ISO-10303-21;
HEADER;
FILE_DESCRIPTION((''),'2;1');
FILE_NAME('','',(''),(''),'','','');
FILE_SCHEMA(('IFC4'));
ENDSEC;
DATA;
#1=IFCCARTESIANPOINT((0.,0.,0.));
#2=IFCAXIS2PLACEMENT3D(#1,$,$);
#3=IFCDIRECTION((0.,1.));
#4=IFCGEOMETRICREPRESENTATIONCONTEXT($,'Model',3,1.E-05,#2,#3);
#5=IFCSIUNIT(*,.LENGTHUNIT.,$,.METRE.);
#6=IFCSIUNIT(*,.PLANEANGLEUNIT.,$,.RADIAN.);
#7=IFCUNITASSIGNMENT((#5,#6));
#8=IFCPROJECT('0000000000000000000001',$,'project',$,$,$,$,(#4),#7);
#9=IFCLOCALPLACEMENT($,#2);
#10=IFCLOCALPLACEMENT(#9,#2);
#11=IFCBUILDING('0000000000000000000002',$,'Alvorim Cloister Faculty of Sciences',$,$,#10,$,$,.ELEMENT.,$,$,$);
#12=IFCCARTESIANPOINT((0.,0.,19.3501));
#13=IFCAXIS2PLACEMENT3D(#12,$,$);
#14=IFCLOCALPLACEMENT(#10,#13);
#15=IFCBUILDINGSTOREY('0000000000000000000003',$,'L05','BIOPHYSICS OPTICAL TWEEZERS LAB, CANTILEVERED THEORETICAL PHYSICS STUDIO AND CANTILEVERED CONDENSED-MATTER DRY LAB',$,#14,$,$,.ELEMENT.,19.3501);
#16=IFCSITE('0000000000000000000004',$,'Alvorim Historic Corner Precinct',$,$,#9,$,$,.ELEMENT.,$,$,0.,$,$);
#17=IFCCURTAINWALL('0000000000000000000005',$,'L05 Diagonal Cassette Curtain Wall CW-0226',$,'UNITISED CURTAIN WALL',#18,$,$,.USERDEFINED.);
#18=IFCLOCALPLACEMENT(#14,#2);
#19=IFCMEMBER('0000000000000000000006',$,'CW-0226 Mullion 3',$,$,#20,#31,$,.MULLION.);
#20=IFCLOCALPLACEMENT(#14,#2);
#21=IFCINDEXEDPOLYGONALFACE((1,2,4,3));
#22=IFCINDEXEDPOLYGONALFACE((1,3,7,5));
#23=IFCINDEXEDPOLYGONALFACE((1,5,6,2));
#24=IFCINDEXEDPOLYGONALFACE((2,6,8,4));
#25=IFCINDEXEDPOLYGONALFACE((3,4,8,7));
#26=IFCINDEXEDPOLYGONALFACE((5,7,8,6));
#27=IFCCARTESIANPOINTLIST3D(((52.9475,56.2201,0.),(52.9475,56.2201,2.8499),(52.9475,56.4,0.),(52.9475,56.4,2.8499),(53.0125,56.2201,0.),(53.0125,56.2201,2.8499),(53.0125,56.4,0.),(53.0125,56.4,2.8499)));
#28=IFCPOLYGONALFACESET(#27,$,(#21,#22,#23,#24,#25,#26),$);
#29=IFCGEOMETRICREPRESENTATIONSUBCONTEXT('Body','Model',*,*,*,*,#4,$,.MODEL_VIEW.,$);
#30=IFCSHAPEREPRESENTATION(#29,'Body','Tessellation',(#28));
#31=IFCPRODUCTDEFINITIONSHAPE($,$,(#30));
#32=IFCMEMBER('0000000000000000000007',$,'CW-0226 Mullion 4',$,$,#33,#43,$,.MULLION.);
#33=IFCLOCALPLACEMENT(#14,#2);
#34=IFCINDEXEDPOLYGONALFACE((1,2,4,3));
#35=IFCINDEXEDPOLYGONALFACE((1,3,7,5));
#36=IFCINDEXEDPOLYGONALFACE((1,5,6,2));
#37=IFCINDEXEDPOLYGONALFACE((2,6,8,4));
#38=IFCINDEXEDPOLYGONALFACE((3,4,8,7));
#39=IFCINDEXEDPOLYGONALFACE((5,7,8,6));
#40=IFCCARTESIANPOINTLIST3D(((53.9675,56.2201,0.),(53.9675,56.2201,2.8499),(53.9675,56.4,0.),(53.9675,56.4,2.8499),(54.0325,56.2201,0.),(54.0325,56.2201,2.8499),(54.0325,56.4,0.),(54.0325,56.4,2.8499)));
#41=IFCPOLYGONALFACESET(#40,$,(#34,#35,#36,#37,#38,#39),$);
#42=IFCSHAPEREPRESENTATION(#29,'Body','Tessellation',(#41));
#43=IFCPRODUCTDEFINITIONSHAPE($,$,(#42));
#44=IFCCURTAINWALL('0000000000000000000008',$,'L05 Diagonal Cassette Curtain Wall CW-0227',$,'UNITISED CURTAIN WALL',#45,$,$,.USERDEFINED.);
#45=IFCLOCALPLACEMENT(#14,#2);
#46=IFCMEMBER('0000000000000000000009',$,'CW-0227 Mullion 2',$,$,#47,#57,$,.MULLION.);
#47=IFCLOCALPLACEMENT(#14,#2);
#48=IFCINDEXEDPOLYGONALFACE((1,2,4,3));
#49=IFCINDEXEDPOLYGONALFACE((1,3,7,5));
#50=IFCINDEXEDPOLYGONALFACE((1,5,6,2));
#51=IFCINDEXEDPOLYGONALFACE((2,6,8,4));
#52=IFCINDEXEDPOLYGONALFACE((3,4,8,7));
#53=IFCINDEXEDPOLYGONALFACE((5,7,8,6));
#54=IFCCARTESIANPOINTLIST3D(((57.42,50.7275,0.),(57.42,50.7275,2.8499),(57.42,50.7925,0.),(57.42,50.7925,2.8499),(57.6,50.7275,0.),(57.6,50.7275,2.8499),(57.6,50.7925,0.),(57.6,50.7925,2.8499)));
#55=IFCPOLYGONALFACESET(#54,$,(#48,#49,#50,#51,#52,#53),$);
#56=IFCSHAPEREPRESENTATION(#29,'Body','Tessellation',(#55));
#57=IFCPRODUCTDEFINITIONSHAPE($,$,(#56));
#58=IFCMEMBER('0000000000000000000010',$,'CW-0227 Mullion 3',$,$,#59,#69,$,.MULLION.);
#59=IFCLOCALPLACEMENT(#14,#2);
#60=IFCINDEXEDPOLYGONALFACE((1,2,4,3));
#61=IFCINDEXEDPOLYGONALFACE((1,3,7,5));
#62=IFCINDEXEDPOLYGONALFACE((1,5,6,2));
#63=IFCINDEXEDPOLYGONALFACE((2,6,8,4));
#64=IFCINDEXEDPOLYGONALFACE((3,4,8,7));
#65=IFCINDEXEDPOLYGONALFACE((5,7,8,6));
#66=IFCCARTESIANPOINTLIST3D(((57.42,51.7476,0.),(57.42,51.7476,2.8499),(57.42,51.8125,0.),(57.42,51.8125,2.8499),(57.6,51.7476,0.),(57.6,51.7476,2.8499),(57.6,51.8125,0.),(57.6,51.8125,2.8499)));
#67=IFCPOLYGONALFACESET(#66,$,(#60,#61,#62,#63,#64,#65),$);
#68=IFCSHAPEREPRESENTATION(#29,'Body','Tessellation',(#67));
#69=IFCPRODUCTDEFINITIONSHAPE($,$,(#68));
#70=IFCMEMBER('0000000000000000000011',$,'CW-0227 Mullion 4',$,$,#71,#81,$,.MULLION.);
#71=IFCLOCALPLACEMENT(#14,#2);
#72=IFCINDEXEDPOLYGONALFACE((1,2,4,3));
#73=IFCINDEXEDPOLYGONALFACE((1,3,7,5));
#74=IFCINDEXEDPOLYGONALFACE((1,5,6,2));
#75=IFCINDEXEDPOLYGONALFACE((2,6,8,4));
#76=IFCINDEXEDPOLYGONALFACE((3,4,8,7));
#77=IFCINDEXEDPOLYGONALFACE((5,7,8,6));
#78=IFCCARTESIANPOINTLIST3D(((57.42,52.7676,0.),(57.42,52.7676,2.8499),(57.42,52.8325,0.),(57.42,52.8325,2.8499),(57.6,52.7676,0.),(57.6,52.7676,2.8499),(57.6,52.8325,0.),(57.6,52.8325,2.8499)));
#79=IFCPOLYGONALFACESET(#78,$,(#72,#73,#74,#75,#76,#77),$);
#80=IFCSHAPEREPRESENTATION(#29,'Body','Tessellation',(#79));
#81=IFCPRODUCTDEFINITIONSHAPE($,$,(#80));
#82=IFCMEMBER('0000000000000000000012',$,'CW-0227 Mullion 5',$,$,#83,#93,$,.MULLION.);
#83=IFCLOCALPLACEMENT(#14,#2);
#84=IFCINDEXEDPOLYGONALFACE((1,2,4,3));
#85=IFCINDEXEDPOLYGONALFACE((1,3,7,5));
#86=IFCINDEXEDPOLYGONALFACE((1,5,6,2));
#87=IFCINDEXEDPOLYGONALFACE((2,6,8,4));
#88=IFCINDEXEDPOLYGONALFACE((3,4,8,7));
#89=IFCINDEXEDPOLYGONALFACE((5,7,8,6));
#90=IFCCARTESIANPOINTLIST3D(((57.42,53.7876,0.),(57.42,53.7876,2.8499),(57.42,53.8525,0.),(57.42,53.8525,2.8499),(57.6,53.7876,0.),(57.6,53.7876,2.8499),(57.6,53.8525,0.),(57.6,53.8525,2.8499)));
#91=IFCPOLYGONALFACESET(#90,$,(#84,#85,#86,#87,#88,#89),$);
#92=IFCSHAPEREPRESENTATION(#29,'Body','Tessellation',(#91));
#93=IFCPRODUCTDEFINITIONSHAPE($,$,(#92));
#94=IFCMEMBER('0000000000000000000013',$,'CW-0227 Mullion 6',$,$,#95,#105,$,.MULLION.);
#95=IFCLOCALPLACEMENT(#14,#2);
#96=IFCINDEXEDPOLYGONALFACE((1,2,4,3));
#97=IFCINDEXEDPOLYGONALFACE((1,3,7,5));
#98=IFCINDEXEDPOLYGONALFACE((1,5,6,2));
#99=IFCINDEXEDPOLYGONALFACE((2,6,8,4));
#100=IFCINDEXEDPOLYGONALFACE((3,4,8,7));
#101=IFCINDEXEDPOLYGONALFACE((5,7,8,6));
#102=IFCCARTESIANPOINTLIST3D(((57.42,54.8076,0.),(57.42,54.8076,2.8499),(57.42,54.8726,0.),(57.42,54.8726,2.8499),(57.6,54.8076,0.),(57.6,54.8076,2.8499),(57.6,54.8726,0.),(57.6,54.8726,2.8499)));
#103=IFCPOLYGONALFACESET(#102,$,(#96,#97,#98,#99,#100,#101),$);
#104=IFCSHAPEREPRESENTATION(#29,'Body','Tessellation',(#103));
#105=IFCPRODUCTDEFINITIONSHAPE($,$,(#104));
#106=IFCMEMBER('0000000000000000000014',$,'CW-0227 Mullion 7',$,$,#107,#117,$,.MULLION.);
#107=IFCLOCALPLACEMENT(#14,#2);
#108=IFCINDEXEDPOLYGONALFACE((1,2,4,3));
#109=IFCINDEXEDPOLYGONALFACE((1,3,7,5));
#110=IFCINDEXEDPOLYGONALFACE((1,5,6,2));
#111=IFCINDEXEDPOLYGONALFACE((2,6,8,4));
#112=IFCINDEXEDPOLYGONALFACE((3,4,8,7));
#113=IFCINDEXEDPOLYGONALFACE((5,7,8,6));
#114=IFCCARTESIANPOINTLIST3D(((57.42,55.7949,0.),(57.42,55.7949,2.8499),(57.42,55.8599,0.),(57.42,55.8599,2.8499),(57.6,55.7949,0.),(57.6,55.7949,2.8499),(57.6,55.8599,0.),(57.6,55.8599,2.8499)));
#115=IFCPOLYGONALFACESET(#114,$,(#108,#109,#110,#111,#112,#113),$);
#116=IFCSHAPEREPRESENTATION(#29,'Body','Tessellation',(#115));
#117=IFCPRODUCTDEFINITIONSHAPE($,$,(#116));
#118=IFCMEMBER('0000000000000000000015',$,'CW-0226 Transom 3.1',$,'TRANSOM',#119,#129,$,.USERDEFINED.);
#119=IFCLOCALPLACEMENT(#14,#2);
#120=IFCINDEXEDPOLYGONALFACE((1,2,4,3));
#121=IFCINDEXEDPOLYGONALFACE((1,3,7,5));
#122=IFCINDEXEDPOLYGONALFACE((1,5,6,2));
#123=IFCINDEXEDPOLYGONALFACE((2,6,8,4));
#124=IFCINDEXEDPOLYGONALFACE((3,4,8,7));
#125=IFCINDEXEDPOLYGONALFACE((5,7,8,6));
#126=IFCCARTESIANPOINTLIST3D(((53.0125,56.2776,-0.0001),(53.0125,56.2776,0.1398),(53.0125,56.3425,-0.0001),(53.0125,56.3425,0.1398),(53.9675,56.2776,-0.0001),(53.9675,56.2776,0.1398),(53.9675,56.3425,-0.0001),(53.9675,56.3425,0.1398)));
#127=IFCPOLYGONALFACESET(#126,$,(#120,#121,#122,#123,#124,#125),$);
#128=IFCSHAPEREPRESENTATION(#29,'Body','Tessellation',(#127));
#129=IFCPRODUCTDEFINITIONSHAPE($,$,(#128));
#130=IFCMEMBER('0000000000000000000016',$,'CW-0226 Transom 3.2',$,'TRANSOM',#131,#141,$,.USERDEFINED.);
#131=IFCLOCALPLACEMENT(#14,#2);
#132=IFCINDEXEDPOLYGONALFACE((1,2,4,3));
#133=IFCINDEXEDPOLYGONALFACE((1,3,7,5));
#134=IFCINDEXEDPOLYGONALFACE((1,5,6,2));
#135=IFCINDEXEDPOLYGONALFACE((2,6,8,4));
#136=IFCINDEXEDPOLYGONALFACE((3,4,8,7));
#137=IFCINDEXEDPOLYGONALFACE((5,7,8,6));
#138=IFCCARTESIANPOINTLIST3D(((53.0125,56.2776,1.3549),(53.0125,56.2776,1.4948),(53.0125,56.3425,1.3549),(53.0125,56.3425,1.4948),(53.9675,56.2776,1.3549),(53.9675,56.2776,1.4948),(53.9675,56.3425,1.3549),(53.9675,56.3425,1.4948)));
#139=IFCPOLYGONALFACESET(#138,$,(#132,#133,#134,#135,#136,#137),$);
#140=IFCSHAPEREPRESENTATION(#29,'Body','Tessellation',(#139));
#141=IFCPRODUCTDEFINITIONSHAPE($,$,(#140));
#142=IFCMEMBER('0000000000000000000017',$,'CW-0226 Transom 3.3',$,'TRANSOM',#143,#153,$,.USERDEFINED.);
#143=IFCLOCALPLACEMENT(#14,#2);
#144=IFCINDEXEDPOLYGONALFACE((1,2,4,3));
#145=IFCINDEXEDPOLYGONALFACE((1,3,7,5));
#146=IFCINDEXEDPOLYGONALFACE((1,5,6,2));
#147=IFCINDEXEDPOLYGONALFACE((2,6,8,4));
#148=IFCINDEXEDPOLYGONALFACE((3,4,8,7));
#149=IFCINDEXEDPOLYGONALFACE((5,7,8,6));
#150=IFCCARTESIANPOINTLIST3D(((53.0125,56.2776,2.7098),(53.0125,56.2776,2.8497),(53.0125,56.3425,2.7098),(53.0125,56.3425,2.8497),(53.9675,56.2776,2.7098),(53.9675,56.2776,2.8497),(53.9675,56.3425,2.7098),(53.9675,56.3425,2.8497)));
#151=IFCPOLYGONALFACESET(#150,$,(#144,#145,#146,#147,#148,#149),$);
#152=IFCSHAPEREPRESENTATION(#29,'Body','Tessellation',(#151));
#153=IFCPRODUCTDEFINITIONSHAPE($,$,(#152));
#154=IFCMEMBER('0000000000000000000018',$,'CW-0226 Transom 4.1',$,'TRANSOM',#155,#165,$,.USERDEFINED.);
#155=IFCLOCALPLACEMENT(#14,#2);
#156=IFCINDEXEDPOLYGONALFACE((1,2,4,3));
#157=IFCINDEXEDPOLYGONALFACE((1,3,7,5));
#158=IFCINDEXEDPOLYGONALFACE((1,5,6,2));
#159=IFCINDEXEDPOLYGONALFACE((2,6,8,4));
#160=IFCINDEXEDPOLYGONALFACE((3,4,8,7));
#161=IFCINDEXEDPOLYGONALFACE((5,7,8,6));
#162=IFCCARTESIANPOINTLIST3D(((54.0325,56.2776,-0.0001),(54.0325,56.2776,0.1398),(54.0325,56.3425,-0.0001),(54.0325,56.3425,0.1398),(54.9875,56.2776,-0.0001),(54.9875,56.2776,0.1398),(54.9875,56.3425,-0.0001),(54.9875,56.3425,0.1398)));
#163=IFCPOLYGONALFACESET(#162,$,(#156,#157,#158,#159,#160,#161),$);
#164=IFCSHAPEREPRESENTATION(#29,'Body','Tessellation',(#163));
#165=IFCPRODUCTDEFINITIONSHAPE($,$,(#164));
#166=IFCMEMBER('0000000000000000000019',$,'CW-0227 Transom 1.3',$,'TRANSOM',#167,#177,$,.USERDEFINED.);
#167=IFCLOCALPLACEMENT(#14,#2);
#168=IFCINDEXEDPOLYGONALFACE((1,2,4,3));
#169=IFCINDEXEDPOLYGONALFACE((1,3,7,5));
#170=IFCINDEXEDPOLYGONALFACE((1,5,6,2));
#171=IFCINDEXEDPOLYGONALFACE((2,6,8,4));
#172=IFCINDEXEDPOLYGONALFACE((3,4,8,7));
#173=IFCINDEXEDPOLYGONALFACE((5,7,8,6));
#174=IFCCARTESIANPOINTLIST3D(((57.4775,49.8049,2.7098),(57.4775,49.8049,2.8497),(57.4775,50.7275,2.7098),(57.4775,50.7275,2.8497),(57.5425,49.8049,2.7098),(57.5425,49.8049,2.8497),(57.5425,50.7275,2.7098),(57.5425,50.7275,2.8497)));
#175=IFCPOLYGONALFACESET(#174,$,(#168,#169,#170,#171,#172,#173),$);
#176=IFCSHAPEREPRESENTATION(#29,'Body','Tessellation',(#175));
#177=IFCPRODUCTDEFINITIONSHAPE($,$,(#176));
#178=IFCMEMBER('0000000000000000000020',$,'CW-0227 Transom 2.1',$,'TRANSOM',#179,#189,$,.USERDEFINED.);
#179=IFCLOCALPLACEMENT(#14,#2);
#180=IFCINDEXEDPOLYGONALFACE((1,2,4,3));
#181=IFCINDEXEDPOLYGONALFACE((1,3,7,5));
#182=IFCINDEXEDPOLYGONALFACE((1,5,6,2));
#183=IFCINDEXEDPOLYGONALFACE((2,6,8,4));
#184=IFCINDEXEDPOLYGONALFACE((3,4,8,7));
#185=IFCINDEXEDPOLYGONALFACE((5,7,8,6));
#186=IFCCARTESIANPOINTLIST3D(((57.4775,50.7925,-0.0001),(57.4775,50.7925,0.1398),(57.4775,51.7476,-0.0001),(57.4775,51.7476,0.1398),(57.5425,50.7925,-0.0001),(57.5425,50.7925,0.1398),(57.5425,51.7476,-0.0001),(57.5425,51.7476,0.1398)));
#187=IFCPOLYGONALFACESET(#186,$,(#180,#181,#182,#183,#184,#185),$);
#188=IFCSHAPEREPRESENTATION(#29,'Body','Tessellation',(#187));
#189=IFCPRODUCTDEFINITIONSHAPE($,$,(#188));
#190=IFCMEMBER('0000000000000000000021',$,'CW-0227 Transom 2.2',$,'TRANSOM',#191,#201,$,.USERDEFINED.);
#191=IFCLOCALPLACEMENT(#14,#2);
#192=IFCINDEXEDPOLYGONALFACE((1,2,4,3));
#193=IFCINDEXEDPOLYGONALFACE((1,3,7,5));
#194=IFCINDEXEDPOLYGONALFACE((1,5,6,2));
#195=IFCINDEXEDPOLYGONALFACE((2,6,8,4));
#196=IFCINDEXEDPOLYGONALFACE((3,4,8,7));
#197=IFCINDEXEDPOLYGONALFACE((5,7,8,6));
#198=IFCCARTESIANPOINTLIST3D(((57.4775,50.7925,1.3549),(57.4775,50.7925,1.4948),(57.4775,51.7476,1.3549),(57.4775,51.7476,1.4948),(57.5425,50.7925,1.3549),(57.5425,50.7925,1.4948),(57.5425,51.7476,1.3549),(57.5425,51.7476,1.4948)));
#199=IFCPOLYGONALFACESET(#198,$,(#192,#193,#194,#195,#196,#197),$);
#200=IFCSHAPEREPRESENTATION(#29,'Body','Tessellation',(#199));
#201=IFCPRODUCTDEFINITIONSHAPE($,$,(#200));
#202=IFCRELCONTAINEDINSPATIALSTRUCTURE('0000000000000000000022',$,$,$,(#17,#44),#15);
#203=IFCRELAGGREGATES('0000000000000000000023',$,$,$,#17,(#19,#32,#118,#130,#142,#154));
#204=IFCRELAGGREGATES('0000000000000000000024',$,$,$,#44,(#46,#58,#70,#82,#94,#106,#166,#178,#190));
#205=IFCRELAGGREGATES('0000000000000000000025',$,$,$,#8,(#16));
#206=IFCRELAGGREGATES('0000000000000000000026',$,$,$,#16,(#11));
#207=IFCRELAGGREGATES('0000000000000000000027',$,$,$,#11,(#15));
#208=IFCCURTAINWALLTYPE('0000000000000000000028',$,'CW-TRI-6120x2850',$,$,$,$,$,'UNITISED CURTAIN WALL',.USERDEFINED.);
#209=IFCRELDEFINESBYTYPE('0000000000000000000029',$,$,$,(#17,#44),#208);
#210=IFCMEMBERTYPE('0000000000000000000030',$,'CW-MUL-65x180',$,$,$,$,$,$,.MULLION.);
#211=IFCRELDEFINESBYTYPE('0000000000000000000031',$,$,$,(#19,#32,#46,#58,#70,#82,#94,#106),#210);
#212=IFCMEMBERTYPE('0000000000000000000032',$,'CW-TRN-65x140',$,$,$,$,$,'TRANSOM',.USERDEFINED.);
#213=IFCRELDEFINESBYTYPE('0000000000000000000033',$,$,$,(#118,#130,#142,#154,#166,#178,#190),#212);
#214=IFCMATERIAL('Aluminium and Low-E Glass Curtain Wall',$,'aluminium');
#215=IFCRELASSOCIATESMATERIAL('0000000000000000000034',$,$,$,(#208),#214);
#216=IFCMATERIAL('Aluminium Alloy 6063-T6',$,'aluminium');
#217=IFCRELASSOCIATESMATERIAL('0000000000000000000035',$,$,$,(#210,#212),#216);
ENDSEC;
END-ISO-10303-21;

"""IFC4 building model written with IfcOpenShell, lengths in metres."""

from ifc_helpers import new_model, si_unit, direction, frame, origin, origin_2d, place, context, subcontext, project, spatial, rectangle, extrude, material, material_profile, profile_set, type_object, element, aggregate, save


model = new_model("IFC4")

# Units and contexts
model_context = context("Model", 3, precision=1e-05, world=origin(), true_north=direction((0.0, 1.0)))
body_context = subcontext(model_context, "Body", "Model", "MODEL_VIEW")
ifc_project = project(units=[si_unit("LENGTHUNIT", "METRE"), si_unit("PLANEANGLEUNIT", "RADIAN")], contexts=[model_context])

# Site, building, storey
site_placement = place(None, origin())
site = spatial("IfcSite", under=ifc_project, at=site_placement, Name="Alvorim Historic Corner Precinct", CompositionType="ELEMENT", RefElevation=0.0)
building_placement = place(site_placement, origin())
building = spatial("IfcBuilding", under=site, at=building_placement, Name="Alvorim Cloister Faculty of Sciences", CompositionType="ELEMENT")
storey_placement = place(building_placement, frame((0.0, 0.0, 19.3501)))
storey = spatial("IfcBuildingStorey", under=building, at=storey_placement, Name="L05", Description="BIOPHYSICS OPTICAL TWEEZERS LAB, CANTILEVERED THEORETICAL PHYSICS STUDIO AND CANTILEVERED CONDENSED-MATTER DRY LAB", CompositionType="ELEMENT", Elevation=19.3501)

# Curtain walls, members
ifc_material_1 = material(Name="Aluminium and Low-E Glass Curtain Wall", Category="aluminium")
curtain_wall_type = type_object("IfcCurtainWallType", Name="CW-TRI-6120x2850", ElementType="UNITISED CURTAIN WALL", PredefinedType="USERDEFINED", material=ifc_material_1)
curtain_wall_1_placement = place(storey_placement, origin())
curtain_wall_1 = element("IfcCurtainWall", 1, at=curtain_wall_1_placement, inside=storey, type_object=curtain_wall_type, Name="L05 Diagonal Cassette Curtain Wall CW-0226", ObjectType="UNITISED CURTAIN WALL", PredefinedType="USERDEFINED")
ifc_material_2 = material(Name="Aluminium Alloy 6063-T6", Category="aluminium")
ifc_material_profile_1 = material_profile(ifc_material_2, rectangle(XDim=0.0649, YDim=0.1799, at=origin_2d()), Name="ALU-MUL-65x180")
ifc_profile_set_1 = profile_set([ifc_material_profile_1], Name="Aluminium Alloy 6063-T6")
member_type_1 = type_object("IfcMemberType", Name="CW-MUL-65x180", PredefinedType="MULLION", material=ifc_profile_set_1)
member_1_placement = place(storey_placement, frame((52.98, 56.3101, 0.0), z_axis=(0.0, 0.0, 1.0), x_axis=(1.0, 0.0, 0.0)))
member_1 = element("IfcMember", 2, at=member_1_placement, type_object=member_type_1, Name="CW-0226 Mullion 3", PredefinedType="MULLION", context=body_context, shape_type="SweptSolid", body=[
    extrude(rectangle(XDim=0.0649, YDim=0.1799, at=origin_2d()), origin(), (0.0, 0.0, 1.0), 2.8499),
])
member_2_placement = place(storey_placement, frame((54.0, 56.3101, 0.0), z_axis=(0.0, 0.0, 1.0), x_axis=(1.0, 0.0, 0.0)))
member_2 = element("IfcMember", 3, at=member_2_placement, type_object=member_type_1, Name="CW-0226 Mullion 4", PredefinedType="MULLION", context=body_context, shape_type="SweptSolid", body=[
    extrude(rectangle(XDim=0.0649, YDim=0.1799, at=origin_2d()), origin(), (0.0, 0.0, 1.0), 2.8499),
])
curtain_wall_2_placement = place(storey_placement, origin())
curtain_wall_2 = element("IfcCurtainWall", 4, at=curtain_wall_2_placement, inside=storey, type_object=curtain_wall_type, Name="L05 Diagonal Cassette Curtain Wall CW-0227", ObjectType="UNITISED CURTAIN WALL", PredefinedType="USERDEFINED")
member_3_placement = place(storey_placement, frame((57.51, 50.76, 0.0), z_axis=(0.0, 0.0, 1.0), x_axis=(0.0, 1.0, 0.0)))
member_3 = element("IfcMember", 5, at=member_3_placement, type_object=member_type_1, Name="CW-0227 Mullion 2", PredefinedType="MULLION", context=body_context, shape_type="SweptSolid", body=[
    extrude(rectangle(XDim=0.0649, YDim=0.1799, at=origin_2d()), origin(), (0.0, 0.0, 1.0), 2.8499),
])
member_4_placement = place(storey_placement, frame((57.51, 51.78, 0.0), z_axis=(0.0, 0.0, 1.0), x_axis=(0.0, 1.0, 0.0)))
member_4 = element("IfcMember", 6, at=member_4_placement, type_object=member_type_1, Name="CW-0227 Mullion 3", PredefinedType="MULLION", context=body_context, shape_type="SweptSolid", body=[
    extrude(rectangle(XDim=0.0649, YDim=0.1799, at=origin_2d()), origin(), (0.0, 0.0, 1.0), 2.8499),
])
member_5_placement = place(storey_placement, frame((57.51, 52.8, 0.0), z_axis=(0.0, 0.0, 1.0), x_axis=(0.0, 1.0, 0.0)))
member_5 = element("IfcMember", 7, at=member_5_placement, type_object=member_type_1, Name="CW-0227 Mullion 4", PredefinedType="MULLION", context=body_context, shape_type="SweptSolid", body=[
    extrude(rectangle(XDim=0.0649, YDim=0.1799, at=origin_2d()), origin(), (0.0, 0.0, 1.0), 2.8499),
])
member_6_placement = place(storey_placement, frame((57.51, 53.8201, 0.0), z_axis=(0.0, 0.0, 1.0), x_axis=(0.0, 1.0, 0.0)))
member_6 = element("IfcMember", 8, at=member_6_placement, type_object=member_type_1, Name="CW-0227 Mullion 5", PredefinedType="MULLION", context=body_context, shape_type="SweptSolid", body=[
    extrude(rectangle(XDim=0.0649, YDim=0.1799, at=origin_2d()), origin(), (0.0, 0.0, 1.0), 2.8499),
])
member_7_placement = place(storey_placement, frame((57.51, 54.8401, 0.0), z_axis=(0.0, 0.0, 1.0), x_axis=(0.0, 1.0, 0.0)))
member_7 = element("IfcMember", 9, at=member_7_placement, type_object=member_type_1, Name="CW-0227 Mullion 6", PredefinedType="MULLION", context=body_context, shape_type="SweptSolid", body=[
    extrude(rectangle(XDim=0.0649, YDim=0.1799, at=origin_2d()), origin(), (0.0, 0.0, 1.0), 2.8499),
])
member_8_placement = place(storey_placement, frame((57.51, 55.8274, 0.0), z_axis=(0.0, 0.0, 1.0), x_axis=(0.0, 1.0, 0.0)))
member_8 = element("IfcMember", 10, at=member_8_placement, type_object=member_type_1, Name="CW-0227 Mullion 7", PredefinedType="MULLION", context=body_context, shape_type="SweptSolid", body=[
    extrude(rectangle(XDim=0.0649, YDim=0.1799, at=origin_2d()), origin(), (0.0, 0.0, 1.0), 2.8499),
])

# Members
ifc_material_profile_2 = material_profile(ifc_material_2, rectangle(XDim=0.0649, YDim=0.1399, at=origin_2d()), Name="ALU-TRN-65x140")
ifc_profile_set_2 = profile_set([ifc_material_profile_2], Name="Aluminium Alloy 6063-T6")
member_type_2 = type_object("IfcMemberType", Name="CW-TRN-65x140", ElementType="TRANSOM", PredefinedType="USERDEFINED", material=ifc_profile_set_2)
member_9_placement = place(storey_placement, frame((53.0125, 56.3101, 0.0698), z_axis=(1.0, 0.0, 0.0), x_axis=(0.0, 1.0, 0.0)))
member_9 = element("IfcMember", 11, at=member_9_placement, type_object=member_type_2, Name="CW-0226 Transom 3.1", ObjectType="TRANSOM", PredefinedType="USERDEFINED", context=body_context, shape_type="SweptSolid", body=[
    extrude(rectangle(XDim=0.0649, YDim=0.1399, at=origin_2d()), origin(), (0.0, 0.0, 1.0), 0.9551),
])
member_10_placement = place(storey_placement, frame((53.0125, 56.3101, 1.4248), z_axis=(1.0, 0.0, 0.0), x_axis=(0.0, 1.0, 0.0)))
member_10 = element("IfcMember", 12, at=member_10_placement, type_object=member_type_2, Name="CW-0226 Transom 3.2", ObjectType="TRANSOM", PredefinedType="USERDEFINED", context=body_context, shape_type="SweptSolid", body=[
    extrude(rectangle(XDim=0.0649, YDim=0.1399, at=origin_2d()), origin(), (0.0, 0.0, 1.0), 0.9551),
])
member_11_placement = place(storey_placement, frame((53.0125, 56.3101, 2.7798), z_axis=(1.0, 0.0, 0.0), x_axis=(0.0, 1.0, 0.0)))
member_11 = element("IfcMember", 13, at=member_11_placement, type_object=member_type_2, Name="CW-0226 Transom 3.3", ObjectType="TRANSOM", PredefinedType="USERDEFINED", context=body_context, shape_type="SweptSolid", body=[
    extrude(rectangle(XDim=0.0649, YDim=0.1399, at=origin_2d()), origin(), (0.0, 0.0, 1.0), 0.9551),
])
member_12_placement = place(storey_placement, frame((54.0325, 56.3101, 0.0698), z_axis=(1.0, 0.0, 0.0), x_axis=(0.0, 1.0, 0.0)))
member_12 = element("IfcMember", 14, at=member_12_placement, type_object=member_type_2, Name="CW-0226 Transom 4.1", ObjectType="TRANSOM", PredefinedType="USERDEFINED", context=body_context, shape_type="SweptSolid", body=[
    extrude(rectangle(XDim=0.0649, YDim=0.1399, at=origin_2d()), origin(), (0.0, 0.0, 1.0), 0.9551),
])
aggregate(curtain_wall_1, [member_1, member_2, member_9, member_10, member_11, member_12])
member_13_placement = place(storey_placement, frame((57.51, 49.8049, 2.7798), z_axis=(0.0, 1.0, 0.0), x_axis=(-1.0, 0.0, 0.0)))
member_13 = element("IfcMember", 15, at=member_13_placement, type_object=member_type_2, Name="CW-0227 Transom 1.3", ObjectType="TRANSOM", PredefinedType="USERDEFINED", context=body_context, shape_type="SweptSolid", body=[
    extrude(rectangle(XDim=0.0649, YDim=0.1399, at=origin_2d()), origin(), (0.0, 0.0, 1.0), 0.9226),
])
member_14_placement = place(storey_placement, frame((57.51, 50.7925, 0.0698), z_axis=(0.0, 1.0, 0.0), x_axis=(-1.0, 0.0, 0.0)))
member_14 = element("IfcMember", 16, at=member_14_placement, type_object=member_type_2, Name="CW-0227 Transom 2.1", ObjectType="TRANSOM", PredefinedType="USERDEFINED", context=body_context, shape_type="SweptSolid", body=[
    extrude(rectangle(XDim=0.0649, YDim=0.1399, at=origin_2d()), origin(), (0.0, 0.0, 1.0), 0.9551),
])
member_15_placement = place(storey_placement, frame((57.51, 50.7925, 1.4248), z_axis=(0.0, 1.0, 0.0), x_axis=(-1.0, 0.0, 0.0)))
member_15 = element("IfcMember", 17, at=member_15_placement, type_object=member_type_2, Name="CW-0227 Transom 2.2", ObjectType="TRANSOM", PredefinedType="USERDEFINED", context=body_context, shape_type="SweptSolid", body=[
    extrude(rectangle(XDim=0.0649, YDim=0.1399, at=origin_2d()), origin(), (0.0, 0.0, 1.0), 0.9551),
])
aggregate(curtain_wall_2, [member_3, member_4, member_5, member_6, member_7, member_8, member_13, member_14, member_15])

save(model, "model.ifc")
